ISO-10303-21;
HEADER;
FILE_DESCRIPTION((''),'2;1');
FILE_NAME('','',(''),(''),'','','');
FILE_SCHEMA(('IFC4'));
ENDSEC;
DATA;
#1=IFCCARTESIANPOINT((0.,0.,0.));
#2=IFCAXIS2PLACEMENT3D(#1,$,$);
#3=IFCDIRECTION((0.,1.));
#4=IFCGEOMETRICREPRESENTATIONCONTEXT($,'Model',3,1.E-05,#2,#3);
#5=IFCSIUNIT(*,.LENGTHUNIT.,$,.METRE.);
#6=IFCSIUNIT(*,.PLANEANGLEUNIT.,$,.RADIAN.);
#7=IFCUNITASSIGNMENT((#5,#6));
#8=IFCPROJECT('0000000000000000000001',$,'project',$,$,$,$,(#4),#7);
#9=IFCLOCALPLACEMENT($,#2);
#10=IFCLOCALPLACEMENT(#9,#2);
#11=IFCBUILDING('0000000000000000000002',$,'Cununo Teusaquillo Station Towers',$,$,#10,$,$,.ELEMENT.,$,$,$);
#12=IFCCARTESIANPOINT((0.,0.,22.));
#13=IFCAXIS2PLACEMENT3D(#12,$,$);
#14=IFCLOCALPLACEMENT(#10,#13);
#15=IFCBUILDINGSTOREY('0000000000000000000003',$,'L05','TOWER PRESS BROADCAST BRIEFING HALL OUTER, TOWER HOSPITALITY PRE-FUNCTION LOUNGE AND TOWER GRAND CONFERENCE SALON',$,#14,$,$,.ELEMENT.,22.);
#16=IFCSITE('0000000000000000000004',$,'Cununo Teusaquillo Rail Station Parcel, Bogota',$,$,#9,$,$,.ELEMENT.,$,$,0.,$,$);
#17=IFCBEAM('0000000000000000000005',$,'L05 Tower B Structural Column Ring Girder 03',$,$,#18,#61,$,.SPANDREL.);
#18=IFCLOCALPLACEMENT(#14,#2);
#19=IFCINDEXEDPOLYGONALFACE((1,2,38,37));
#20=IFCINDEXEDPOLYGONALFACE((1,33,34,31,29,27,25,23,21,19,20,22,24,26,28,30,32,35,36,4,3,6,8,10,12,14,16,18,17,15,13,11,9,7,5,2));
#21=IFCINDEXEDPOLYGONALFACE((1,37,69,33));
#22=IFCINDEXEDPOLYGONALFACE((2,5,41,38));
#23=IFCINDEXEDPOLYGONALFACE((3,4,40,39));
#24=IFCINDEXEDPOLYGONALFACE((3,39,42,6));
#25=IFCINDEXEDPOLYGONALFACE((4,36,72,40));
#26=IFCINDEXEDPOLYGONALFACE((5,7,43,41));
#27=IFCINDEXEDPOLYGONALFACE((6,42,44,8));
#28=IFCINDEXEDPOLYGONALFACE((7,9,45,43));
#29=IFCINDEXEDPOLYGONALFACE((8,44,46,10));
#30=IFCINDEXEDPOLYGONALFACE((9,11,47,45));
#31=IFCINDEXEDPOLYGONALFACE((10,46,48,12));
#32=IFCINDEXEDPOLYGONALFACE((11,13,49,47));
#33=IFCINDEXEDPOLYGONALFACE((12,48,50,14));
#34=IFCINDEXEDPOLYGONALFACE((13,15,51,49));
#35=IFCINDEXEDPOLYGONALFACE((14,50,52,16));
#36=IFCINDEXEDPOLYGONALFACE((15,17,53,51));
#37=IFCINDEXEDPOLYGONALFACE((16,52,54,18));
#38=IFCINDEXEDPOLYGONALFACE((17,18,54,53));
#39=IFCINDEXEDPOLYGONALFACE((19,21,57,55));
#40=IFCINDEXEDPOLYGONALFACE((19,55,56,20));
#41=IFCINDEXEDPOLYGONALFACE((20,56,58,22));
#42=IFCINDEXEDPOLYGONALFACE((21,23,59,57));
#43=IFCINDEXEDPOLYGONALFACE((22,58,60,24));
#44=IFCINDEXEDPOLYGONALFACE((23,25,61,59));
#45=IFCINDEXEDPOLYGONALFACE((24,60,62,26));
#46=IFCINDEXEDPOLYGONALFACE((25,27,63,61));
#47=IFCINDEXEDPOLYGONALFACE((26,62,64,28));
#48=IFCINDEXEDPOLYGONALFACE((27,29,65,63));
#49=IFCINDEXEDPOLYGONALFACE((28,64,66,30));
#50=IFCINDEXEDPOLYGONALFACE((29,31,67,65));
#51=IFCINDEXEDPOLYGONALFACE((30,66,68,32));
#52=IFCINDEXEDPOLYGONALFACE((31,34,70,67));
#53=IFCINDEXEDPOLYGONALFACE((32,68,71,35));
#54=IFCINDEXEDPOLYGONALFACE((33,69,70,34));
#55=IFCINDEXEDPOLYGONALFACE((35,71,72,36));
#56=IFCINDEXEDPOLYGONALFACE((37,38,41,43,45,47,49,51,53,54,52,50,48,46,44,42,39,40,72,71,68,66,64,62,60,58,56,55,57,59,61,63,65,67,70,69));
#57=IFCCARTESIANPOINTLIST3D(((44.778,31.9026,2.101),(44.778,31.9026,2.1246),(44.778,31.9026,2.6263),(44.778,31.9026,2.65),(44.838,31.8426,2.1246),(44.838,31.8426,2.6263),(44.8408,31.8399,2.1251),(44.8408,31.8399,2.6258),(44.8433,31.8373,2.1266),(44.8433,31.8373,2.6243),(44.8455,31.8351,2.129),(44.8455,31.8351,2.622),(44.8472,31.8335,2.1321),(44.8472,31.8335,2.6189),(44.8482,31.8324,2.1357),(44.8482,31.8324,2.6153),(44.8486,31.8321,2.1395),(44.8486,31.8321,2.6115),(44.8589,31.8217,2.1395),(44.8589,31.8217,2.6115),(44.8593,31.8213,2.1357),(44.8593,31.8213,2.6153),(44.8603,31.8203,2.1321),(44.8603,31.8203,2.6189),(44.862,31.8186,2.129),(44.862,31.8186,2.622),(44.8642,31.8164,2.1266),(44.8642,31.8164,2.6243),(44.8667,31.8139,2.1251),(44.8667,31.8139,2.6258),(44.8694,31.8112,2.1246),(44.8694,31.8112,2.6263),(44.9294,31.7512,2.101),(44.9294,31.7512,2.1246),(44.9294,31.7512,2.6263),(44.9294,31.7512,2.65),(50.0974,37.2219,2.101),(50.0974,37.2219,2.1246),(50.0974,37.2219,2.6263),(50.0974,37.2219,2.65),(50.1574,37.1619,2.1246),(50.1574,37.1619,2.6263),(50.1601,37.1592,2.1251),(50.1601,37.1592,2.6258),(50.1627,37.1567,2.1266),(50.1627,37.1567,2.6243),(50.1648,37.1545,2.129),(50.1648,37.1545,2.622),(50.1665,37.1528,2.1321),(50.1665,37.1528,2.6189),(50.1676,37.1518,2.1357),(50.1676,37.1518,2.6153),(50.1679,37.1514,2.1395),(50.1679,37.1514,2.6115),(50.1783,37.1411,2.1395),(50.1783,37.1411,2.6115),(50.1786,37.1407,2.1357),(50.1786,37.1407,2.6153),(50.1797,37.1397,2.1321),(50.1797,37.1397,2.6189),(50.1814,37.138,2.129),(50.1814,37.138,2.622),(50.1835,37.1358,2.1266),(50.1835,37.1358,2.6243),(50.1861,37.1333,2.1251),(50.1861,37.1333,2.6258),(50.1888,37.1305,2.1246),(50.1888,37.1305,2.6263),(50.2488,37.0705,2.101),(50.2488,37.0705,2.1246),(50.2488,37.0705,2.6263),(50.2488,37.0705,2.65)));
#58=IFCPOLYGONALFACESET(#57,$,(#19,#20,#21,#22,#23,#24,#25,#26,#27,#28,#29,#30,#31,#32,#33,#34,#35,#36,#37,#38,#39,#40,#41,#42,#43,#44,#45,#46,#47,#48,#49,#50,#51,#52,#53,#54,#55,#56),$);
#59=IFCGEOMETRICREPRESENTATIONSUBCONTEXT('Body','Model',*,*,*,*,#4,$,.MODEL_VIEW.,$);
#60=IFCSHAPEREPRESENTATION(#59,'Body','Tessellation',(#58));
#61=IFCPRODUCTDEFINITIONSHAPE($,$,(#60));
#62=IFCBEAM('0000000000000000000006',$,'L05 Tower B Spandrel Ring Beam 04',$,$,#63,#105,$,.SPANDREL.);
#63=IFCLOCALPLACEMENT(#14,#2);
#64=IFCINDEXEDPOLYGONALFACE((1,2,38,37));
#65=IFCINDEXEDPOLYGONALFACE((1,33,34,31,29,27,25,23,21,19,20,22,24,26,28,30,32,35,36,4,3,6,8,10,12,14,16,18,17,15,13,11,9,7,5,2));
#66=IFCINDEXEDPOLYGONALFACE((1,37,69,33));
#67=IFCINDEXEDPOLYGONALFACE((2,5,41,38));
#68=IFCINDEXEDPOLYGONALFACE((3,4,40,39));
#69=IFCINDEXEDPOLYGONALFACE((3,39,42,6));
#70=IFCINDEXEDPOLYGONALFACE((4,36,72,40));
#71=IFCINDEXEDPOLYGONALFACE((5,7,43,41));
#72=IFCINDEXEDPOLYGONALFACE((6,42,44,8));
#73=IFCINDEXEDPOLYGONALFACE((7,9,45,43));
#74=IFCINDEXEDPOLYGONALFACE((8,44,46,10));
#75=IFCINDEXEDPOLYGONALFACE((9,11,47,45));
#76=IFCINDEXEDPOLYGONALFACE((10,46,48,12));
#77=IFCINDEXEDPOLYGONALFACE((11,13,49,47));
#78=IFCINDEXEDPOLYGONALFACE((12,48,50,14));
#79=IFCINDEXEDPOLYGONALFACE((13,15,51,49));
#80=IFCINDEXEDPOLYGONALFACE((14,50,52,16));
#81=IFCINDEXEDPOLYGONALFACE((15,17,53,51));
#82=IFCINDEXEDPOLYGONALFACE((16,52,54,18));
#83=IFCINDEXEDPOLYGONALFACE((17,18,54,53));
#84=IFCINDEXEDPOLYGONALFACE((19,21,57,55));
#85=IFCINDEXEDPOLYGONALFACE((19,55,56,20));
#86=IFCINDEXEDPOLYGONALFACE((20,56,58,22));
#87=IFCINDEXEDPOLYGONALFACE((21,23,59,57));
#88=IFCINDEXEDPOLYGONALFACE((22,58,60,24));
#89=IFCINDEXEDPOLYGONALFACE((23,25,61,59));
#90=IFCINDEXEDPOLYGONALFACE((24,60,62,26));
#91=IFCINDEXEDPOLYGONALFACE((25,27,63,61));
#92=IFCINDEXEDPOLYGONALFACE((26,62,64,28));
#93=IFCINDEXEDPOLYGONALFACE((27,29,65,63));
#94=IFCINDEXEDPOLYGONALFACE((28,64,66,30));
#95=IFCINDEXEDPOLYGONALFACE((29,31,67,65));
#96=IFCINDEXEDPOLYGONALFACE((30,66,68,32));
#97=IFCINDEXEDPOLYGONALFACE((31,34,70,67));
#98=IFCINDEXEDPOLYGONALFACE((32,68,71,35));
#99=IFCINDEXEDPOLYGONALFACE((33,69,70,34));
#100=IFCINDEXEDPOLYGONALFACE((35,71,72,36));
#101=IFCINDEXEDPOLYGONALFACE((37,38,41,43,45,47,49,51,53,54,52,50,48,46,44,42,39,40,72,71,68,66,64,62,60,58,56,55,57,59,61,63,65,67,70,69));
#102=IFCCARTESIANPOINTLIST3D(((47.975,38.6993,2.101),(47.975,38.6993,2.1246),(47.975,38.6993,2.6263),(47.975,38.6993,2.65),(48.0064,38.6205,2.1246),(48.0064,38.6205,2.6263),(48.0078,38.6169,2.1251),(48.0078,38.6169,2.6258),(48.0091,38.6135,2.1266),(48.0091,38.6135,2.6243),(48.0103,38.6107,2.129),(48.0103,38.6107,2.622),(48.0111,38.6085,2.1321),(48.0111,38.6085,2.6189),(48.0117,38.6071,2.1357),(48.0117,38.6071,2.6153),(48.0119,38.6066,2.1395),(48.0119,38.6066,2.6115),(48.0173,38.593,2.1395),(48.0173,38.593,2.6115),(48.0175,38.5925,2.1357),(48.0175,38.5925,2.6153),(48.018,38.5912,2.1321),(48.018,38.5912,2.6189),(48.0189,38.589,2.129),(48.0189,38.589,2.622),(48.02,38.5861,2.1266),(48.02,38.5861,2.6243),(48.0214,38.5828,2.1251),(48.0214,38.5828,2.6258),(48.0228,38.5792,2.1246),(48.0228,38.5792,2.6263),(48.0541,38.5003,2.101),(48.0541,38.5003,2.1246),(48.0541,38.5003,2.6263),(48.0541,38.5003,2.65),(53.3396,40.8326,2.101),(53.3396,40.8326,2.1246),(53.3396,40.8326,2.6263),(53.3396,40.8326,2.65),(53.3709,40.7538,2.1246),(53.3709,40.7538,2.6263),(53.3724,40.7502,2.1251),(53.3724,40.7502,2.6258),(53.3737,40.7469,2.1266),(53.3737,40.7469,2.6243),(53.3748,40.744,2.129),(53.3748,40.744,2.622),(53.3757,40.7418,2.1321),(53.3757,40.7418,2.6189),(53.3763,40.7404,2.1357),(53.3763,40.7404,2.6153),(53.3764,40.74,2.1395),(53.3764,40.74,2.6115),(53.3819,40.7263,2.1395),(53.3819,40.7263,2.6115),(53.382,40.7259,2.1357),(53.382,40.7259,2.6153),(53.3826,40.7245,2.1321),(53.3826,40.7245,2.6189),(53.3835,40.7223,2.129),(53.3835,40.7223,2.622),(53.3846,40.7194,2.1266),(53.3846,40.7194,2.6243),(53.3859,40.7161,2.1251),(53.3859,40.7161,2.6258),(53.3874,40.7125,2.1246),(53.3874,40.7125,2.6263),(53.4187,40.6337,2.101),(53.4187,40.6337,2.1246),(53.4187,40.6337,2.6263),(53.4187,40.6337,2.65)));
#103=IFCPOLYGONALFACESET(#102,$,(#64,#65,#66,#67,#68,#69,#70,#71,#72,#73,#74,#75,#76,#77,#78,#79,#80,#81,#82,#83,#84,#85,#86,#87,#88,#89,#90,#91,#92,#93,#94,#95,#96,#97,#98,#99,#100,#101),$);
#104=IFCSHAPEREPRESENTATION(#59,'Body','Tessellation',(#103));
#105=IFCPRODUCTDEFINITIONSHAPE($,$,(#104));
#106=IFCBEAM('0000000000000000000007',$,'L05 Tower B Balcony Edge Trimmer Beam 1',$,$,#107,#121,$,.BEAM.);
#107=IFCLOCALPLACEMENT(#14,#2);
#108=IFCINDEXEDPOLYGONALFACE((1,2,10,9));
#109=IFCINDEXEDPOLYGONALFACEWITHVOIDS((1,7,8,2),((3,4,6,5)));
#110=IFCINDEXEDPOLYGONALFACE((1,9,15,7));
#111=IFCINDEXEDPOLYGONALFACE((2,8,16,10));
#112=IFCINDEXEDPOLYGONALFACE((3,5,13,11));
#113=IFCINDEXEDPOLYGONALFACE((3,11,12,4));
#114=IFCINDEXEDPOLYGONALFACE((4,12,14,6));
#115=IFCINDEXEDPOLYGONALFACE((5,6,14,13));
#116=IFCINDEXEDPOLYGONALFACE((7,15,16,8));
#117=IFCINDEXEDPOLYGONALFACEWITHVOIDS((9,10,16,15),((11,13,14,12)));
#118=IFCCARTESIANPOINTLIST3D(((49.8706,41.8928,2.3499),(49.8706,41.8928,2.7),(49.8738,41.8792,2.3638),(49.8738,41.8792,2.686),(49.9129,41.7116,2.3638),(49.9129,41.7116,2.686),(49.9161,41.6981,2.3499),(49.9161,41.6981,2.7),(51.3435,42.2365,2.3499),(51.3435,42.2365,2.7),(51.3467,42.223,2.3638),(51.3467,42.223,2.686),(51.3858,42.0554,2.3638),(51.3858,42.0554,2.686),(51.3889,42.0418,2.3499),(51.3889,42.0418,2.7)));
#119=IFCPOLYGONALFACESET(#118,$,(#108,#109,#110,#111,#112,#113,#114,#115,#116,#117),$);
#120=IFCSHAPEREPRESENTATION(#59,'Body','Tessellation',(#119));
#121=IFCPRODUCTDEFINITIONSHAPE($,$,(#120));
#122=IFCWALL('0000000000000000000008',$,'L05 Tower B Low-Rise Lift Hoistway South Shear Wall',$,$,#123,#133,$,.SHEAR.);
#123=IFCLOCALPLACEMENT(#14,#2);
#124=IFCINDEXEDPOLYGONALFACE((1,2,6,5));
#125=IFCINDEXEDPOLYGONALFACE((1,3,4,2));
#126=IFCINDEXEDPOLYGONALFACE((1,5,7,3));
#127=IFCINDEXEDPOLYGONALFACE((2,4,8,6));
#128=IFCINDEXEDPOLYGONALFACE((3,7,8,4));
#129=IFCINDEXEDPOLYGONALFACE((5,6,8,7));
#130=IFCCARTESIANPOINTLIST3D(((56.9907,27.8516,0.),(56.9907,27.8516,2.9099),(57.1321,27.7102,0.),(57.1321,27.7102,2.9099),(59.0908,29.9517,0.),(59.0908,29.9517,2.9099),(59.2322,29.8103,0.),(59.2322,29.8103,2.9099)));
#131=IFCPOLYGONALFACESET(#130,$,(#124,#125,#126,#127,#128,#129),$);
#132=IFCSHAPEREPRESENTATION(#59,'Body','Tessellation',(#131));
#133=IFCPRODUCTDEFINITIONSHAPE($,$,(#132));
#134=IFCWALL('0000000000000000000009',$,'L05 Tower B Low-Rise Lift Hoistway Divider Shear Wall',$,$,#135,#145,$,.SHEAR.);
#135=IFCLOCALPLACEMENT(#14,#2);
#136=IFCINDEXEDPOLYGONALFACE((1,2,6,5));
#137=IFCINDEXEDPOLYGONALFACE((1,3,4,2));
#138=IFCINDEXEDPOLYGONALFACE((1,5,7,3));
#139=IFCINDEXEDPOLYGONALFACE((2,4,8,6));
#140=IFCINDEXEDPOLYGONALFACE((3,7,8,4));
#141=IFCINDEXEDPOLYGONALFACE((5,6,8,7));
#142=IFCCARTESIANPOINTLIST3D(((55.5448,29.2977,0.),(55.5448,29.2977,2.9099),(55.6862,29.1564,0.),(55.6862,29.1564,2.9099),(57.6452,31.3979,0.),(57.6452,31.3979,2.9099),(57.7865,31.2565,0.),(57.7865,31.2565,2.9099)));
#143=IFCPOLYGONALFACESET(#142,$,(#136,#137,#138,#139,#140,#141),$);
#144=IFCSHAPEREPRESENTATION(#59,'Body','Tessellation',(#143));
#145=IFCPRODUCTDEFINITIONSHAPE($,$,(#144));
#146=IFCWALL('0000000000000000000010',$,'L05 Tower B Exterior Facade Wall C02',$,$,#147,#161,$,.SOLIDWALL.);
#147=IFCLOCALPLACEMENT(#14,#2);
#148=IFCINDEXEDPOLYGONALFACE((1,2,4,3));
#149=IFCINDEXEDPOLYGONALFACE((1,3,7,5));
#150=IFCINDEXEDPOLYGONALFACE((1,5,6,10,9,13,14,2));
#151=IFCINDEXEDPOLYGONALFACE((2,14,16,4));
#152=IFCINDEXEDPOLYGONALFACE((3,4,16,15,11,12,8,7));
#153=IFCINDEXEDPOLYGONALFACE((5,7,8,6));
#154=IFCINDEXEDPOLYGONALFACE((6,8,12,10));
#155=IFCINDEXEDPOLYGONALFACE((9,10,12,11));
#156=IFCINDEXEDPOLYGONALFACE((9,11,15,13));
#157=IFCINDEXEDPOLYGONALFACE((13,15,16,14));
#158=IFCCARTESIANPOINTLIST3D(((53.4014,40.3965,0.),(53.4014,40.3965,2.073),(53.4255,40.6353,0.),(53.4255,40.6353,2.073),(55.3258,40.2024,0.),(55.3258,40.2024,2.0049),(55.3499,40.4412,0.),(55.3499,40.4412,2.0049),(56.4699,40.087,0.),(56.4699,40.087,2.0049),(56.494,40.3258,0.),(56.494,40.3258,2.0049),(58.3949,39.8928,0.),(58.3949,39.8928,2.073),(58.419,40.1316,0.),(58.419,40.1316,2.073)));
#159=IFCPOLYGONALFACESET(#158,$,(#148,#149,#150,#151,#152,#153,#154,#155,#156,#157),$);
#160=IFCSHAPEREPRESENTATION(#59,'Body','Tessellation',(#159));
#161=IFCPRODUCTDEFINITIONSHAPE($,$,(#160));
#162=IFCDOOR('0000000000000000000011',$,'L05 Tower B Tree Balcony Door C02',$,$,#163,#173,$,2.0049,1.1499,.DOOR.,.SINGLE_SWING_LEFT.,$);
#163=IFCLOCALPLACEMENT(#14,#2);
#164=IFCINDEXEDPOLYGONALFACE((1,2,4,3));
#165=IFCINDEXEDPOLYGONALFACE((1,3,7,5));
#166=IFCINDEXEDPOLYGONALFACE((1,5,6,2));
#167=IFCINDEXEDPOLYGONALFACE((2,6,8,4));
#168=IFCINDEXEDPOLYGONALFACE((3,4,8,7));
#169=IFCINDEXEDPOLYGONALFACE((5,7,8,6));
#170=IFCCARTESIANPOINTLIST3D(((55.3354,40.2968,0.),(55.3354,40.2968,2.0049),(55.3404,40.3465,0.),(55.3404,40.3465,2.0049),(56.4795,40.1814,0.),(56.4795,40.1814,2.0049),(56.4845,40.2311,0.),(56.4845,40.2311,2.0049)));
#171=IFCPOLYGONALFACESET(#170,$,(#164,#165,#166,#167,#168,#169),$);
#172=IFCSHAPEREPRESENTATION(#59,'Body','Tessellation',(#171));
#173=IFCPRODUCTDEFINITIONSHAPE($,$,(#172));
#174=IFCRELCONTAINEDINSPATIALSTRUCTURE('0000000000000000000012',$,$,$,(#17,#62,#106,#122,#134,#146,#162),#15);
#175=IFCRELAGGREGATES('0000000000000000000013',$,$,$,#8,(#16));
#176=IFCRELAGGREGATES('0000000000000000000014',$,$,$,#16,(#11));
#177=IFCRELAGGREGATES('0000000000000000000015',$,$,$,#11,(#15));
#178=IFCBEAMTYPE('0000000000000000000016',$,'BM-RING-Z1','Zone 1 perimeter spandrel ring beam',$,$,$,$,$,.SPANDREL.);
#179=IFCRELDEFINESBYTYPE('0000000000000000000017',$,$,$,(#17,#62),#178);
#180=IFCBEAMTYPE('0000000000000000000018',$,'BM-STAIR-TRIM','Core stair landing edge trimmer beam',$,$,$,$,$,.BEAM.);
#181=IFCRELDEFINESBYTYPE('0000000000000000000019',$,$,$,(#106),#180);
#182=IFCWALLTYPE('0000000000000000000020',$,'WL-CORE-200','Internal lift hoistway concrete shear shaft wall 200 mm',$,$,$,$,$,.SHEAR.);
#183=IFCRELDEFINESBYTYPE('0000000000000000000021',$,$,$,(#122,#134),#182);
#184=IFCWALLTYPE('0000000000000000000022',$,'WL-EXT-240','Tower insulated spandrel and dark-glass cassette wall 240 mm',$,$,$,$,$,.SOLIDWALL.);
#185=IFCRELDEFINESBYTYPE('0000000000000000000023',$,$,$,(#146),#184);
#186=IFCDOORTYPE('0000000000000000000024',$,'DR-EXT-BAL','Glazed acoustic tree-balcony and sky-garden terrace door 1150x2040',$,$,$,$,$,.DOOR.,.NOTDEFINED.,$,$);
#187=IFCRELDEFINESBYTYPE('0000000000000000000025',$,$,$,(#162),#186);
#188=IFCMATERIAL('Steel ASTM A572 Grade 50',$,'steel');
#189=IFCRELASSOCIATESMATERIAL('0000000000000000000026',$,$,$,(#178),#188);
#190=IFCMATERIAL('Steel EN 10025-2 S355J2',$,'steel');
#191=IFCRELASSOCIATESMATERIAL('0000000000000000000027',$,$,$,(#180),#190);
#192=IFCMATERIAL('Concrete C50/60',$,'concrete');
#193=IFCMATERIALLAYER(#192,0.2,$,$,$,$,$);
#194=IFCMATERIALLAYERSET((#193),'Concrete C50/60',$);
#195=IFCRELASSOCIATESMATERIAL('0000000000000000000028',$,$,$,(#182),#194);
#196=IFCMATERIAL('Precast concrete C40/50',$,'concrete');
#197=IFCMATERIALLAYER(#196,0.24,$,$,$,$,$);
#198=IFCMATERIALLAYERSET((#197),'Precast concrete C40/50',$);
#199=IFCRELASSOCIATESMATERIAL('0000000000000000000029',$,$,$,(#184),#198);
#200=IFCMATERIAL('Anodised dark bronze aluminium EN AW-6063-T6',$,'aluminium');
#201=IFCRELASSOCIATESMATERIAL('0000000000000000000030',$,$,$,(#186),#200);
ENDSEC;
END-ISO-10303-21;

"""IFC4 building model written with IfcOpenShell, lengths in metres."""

from ifc_helpers import new_model, si_unit, direction, frame, frame_2d, origin, origin_2d, place, context, subcontext, project, spatial, rectangle, hollow_rectangle, i_section, extrude, source, transform, mapped, material, layer, layer_set, material_profile, profile_set, type_object, element, fill, save


model = new_model("IFC4")

# Units and contexts
model_context = context("Model", 3, precision=1e-05, world=origin(), true_north=direction((0.0, 1.0)))
body_context = subcontext(model_context, "Body", "Model", "MODEL_VIEW")
ifc_project = project(units=[si_unit("LENGTHUNIT", "METRE"), si_unit("PLANEANGLEUNIT", "RADIAN")], contexts=[model_context])

# Site, building, storey
site_placement = place(None, origin())
site = spatial("IfcSite", under=ifc_project, at=site_placement, Name="Cununo Teusaquillo Rail Station Parcel, Bogota", CompositionType="ELEMENT", RefElevation=0.0)
building_placement = place(site_placement, origin())
building = spatial("IfcBuilding", under=site, at=building_placement, Name="Cununo Teusaquillo Station Towers", CompositionType="ELEMENT")
storey_placement = place(building_placement, frame((0.0, 0.0, 22.0)))
storey = spatial("IfcBuildingStorey", under=building, at=storey_placement, Name="L05", Description="TOWER PRESS BROADCAST BRIEFING HALL OUTER, TOWER HOSPITALITY PRE-FUNCTION LOUNGE AND TOWER GRAND CONFERENCE SALON", CompositionType="ELEMENT", Elevation=22.0)

# Beams
ifc_material_1 = material(Name="Steel ASTM A572 Grade 50", Category="steel")
ifc_material_profile_1 = material_profile(ifc_material_1, i_section(OverallWidth=0.2141, OverallDepth=0.5491, WebThickness=0.0146, FlangeThickness=0.0237, FilletRadius=0.0149, at=origin_2d()), Name="W21X93")
ifc_profile_set_1 = profile_set([ifc_material_profile_1], Name="Steel ASTM A572 Grade 50")
beam_type_1 = type_object("IfcBeamType", Name="BM-RING-Z1", Description="Zone 1 perimeter spandrel ring beam", PredefinedType="SPANDREL", material=ifc_profile_set_1)
beam_1_placement = place(storey_placement, frame((50.1731, 37.1462, 2.3755), z_axis=(-0.707107, -0.707107, 0.0), x_axis=(0.707107, -0.707107, 0.0)))
element("IfcBeam", 1, at=beam_1_placement, inside=storey, type_object=beam_type_1, Name="L05 Tower B Structural Column Ring Girder 03", PredefinedType="SPANDREL", context=body_context, shape_type="SweptSolid", body=[
    extrude(i_section(OverallWidth=0.2141, OverallDepth=0.5491, WebThickness=0.0146, FlangeThickness=0.0237, FilletRadius=0.0149, at=origin_2d()), origin(), (0.0, 0.0, 1.0), 7.5227),
])
beam_2_placement = place(storey_placement, frame((53.3792, 40.7332, 2.3755), z_axis=(-0.929221, -0.369523, 0.0), x_axis=(0.369523, -0.929221, 0.0)))
element("IfcBeam", 2, at=beam_2_placement, inside=storey, type_object=beam_type_1, Name="L05 Tower B Spandrel Ring Beam 04", PredefinedType="SPANDREL", context=body_context, shape_type="SweptSolid", body=[
    extrude(i_section(OverallWidth=0.2141, OverallDepth=0.5491, WebThickness=0.0146, FlangeThickness=0.0237, FilletRadius=0.0149, at=origin_2d()), origin(), (0.0, 0.0, 1.0), 5.7732),
])
ifc_material_2 = material(Name="Steel EN 10025-2 S355J2", Category="steel")
ifc_material_profile_2 = material_profile(ifc_material_2, hollow_rectangle(XDim=0.2, YDim=0.3501, WallThickness=0.0139, at=origin_2d()), Name="RHS 350x200x14")
ifc_profile_set_2 = profile_set([ifc_material_profile_2], Name="Steel EN 10025-2 S355J2")
beam_type_2 = type_object("IfcBeamType", Name="BM-STAIR-TRIM", Description="Core stair landing edge trimmer beam", PredefinedType="BEAM", material=ifc_profile_set_2)
beam_3_placement = place(storey_placement, frame((51.3662, 42.1392, 2.5249), z_axis=(-0.97383, -0.227276, 0.0), x_axis=(0.227276, -0.97383, 0.0)))
element("IfcBeam", 3, at=beam_3_placement, inside=storey, type_object=beam_type_2, Name="L05 Tower B Balcony Edge Trimmer Beam 1", PredefinedType="BEAM", context=body_context, shape_type="SweptSolid", body=[
    extrude(hollow_rectangle(XDim=0.2, YDim=0.3501, WallThickness=0.0139, at=origin_2d()), origin(), (0.0, 0.0, 1.0), 1.5125),
])

# Walls
ifc_material_3 = material(Name="Concrete C50/60", Category="concrete")
ifc_layer_1 = layer(ifc_material_3, 0.2)
ifc_layer_set_1 = layer_set([ifc_layer_1], Name="Concrete C50/60")
wall_type_1 = type_object("IfcWallType", Name="WL-CORE-200", Description="Internal lift hoistway concrete shear shaft wall 200 mm", PredefinedType="SHEAR", material=ifc_layer_set_1)
wall_1_placement = place(storey_placement, frame((57.0615, 27.781, 0.0), z_axis=(0.0, 0.0, 1.0), x_axis=(0.707107, 0.707107, 0.0)))
element("IfcWall", 4, at=wall_1_placement, inside=storey, type_object=wall_type_1, Name="L05 Tower B Low-Rise Lift Hoistway South Shear Wall", PredefinedType="SHEAR", context=body_context, shape_type="SweptSolid", body=[
    extrude(rectangle(XDim=2.97, YDim=0.2, at=frame_2d((1.4849, 0.0))), origin(), (0.0, 0.0, 1.0), 2.9099),
])
wall_2_placement = place(storey_placement, frame((55.6155, 29.2271, 0.0), z_axis=(0.0, 0.0, 1.0), x_axis=(0.707148, 0.707066, 0.0)))
element("IfcWall", 5, at=wall_2_placement, inside=storey, type_object=wall_type_1, Name="L05 Tower B Low-Rise Lift Hoistway Divider Shear Wall", PredefinedType="SHEAR", context=body_context, shape_type="SweptSolid", body=[
    extrude(rectangle(XDim=2.9702, YDim=0.2, at=frame_2d((1.4851, 0.0))), origin(), (0.0, 0.0, 1.0), 2.9099),
])

# Wall, opening, door
ifc_material_4 = material(Name="Precast concrete C40/50", Category="concrete")
ifc_layer_2 = layer(ifc_material_4, 0.24)
ifc_layer_set_2 = layer_set([ifc_layer_2], Name="Precast concrete C40/50")
wall_type_2 = type_object("IfcWallType", Name="WL-EXT-240", Description="Tower insulated spandrel and dark-glass cassette wall 240 mm", PredefinedType="SOLIDWALL", material=ifc_layer_set_2)
wall_3_placement = place(storey_placement, frame((53.4136, 40.5159, 0.0), z_axis=(0.0, 0.0, 1.0), x_axis=(0.994952, -0.100356, 0.0)))
wall_3 = element("IfcWall", 6, at=wall_3_placement, inside=storey, type_object=wall_type_2, Name="L05 Tower B Exterior Facade Wall C02", PredefinedType="SOLIDWALL", context=body_context, shape_type="SweptSolid", body=[
    extrude(rectangle(XDim=5.0188, YDim=0.24, at=frame_2d((2.5093, 0.0))), origin(), (0.0, 0.0, 1.0), 2.073),
])
shared_shape_1 = source(origin(), body_context, "Body", "SweptSolid", [
    extrude(rectangle(XDim=1.1499, YDim=2.0049, at=frame_2d((0.575, 1.0024))), frame((0.0, 0.1299, 0.0), z_axis=(0.0, -1.0, 0.0), x_axis=(1.0, 0.0, 0.0)), (0.0, 0.0, 1.0), 0.26),
])
opening_1_placement = place(wall_3_placement, frame((1.9341, 0.0, 0.0)))
opening_1 = element("IfcOpeningElement", 7, at=opening_1_placement, cuts=wall_3, PredefinedType="OPENING", context=body_context, shape_type="MappedRepresentation", body=[
    mapped(shared_shape_1, transform((0.0, 0.0, 0.0), x_axis=(1.0, 0.0, 0.0), y_axis=(0.0, 1.0, 0.0), z_axis=(0.0, 0.0, 1.0), scale=1.0)),
])
ifc_material_5 = material(Name="Anodised dark bronze aluminium EN AW-6063-T6", Category="aluminium")
door_type_1 = type_object("IfcDoorType", Name="DR-EXT-BAL", Description="Glazed acoustic tree-balcony and sky-garden terrace door 1150x2040", OperationType="NOTDEFINED", PredefinedType="DOOR", material=ifc_material_5)
shared_shape_2 = source(origin(), body_context, "Body", "SweptSolid", [
    extrude(rectangle(XDim=1.1499, YDim=2.0049, at=frame_2d((0.575, 1.0024))), frame((0.0, 0.0249, 0.0), z_axis=(0.0, -1.0, 0.0), x_axis=(1.0, 0.0, 0.0)), (0.0, 0.0, 1.0), 0.05),
])
door_1_placement = place(opening_1_placement, origin())
door_1 = element("IfcDoor", 8, at=door_1_placement, inside=storey, type_object=door_type_1, Name="L05 Tower B Tree Balcony Door C02", OperationType="SINGLE_SWING_LEFT", OverallHeight=2.0049, OverallWidth=1.1499, PredefinedType="DOOR", context=body_context, shape_type="MappedRepresentation", body=[
    mapped(shared_shape_2, transform((0.0, 0.0, 0.0), x_axis=(1.0, 0.0, 0.0), y_axis=(0.0, 1.0, 0.0), z_axis=(0.0, 0.0, 1.0), scale=1.0)),
])
fill(opening_1, door_1)

save(model, "model.ifc")
